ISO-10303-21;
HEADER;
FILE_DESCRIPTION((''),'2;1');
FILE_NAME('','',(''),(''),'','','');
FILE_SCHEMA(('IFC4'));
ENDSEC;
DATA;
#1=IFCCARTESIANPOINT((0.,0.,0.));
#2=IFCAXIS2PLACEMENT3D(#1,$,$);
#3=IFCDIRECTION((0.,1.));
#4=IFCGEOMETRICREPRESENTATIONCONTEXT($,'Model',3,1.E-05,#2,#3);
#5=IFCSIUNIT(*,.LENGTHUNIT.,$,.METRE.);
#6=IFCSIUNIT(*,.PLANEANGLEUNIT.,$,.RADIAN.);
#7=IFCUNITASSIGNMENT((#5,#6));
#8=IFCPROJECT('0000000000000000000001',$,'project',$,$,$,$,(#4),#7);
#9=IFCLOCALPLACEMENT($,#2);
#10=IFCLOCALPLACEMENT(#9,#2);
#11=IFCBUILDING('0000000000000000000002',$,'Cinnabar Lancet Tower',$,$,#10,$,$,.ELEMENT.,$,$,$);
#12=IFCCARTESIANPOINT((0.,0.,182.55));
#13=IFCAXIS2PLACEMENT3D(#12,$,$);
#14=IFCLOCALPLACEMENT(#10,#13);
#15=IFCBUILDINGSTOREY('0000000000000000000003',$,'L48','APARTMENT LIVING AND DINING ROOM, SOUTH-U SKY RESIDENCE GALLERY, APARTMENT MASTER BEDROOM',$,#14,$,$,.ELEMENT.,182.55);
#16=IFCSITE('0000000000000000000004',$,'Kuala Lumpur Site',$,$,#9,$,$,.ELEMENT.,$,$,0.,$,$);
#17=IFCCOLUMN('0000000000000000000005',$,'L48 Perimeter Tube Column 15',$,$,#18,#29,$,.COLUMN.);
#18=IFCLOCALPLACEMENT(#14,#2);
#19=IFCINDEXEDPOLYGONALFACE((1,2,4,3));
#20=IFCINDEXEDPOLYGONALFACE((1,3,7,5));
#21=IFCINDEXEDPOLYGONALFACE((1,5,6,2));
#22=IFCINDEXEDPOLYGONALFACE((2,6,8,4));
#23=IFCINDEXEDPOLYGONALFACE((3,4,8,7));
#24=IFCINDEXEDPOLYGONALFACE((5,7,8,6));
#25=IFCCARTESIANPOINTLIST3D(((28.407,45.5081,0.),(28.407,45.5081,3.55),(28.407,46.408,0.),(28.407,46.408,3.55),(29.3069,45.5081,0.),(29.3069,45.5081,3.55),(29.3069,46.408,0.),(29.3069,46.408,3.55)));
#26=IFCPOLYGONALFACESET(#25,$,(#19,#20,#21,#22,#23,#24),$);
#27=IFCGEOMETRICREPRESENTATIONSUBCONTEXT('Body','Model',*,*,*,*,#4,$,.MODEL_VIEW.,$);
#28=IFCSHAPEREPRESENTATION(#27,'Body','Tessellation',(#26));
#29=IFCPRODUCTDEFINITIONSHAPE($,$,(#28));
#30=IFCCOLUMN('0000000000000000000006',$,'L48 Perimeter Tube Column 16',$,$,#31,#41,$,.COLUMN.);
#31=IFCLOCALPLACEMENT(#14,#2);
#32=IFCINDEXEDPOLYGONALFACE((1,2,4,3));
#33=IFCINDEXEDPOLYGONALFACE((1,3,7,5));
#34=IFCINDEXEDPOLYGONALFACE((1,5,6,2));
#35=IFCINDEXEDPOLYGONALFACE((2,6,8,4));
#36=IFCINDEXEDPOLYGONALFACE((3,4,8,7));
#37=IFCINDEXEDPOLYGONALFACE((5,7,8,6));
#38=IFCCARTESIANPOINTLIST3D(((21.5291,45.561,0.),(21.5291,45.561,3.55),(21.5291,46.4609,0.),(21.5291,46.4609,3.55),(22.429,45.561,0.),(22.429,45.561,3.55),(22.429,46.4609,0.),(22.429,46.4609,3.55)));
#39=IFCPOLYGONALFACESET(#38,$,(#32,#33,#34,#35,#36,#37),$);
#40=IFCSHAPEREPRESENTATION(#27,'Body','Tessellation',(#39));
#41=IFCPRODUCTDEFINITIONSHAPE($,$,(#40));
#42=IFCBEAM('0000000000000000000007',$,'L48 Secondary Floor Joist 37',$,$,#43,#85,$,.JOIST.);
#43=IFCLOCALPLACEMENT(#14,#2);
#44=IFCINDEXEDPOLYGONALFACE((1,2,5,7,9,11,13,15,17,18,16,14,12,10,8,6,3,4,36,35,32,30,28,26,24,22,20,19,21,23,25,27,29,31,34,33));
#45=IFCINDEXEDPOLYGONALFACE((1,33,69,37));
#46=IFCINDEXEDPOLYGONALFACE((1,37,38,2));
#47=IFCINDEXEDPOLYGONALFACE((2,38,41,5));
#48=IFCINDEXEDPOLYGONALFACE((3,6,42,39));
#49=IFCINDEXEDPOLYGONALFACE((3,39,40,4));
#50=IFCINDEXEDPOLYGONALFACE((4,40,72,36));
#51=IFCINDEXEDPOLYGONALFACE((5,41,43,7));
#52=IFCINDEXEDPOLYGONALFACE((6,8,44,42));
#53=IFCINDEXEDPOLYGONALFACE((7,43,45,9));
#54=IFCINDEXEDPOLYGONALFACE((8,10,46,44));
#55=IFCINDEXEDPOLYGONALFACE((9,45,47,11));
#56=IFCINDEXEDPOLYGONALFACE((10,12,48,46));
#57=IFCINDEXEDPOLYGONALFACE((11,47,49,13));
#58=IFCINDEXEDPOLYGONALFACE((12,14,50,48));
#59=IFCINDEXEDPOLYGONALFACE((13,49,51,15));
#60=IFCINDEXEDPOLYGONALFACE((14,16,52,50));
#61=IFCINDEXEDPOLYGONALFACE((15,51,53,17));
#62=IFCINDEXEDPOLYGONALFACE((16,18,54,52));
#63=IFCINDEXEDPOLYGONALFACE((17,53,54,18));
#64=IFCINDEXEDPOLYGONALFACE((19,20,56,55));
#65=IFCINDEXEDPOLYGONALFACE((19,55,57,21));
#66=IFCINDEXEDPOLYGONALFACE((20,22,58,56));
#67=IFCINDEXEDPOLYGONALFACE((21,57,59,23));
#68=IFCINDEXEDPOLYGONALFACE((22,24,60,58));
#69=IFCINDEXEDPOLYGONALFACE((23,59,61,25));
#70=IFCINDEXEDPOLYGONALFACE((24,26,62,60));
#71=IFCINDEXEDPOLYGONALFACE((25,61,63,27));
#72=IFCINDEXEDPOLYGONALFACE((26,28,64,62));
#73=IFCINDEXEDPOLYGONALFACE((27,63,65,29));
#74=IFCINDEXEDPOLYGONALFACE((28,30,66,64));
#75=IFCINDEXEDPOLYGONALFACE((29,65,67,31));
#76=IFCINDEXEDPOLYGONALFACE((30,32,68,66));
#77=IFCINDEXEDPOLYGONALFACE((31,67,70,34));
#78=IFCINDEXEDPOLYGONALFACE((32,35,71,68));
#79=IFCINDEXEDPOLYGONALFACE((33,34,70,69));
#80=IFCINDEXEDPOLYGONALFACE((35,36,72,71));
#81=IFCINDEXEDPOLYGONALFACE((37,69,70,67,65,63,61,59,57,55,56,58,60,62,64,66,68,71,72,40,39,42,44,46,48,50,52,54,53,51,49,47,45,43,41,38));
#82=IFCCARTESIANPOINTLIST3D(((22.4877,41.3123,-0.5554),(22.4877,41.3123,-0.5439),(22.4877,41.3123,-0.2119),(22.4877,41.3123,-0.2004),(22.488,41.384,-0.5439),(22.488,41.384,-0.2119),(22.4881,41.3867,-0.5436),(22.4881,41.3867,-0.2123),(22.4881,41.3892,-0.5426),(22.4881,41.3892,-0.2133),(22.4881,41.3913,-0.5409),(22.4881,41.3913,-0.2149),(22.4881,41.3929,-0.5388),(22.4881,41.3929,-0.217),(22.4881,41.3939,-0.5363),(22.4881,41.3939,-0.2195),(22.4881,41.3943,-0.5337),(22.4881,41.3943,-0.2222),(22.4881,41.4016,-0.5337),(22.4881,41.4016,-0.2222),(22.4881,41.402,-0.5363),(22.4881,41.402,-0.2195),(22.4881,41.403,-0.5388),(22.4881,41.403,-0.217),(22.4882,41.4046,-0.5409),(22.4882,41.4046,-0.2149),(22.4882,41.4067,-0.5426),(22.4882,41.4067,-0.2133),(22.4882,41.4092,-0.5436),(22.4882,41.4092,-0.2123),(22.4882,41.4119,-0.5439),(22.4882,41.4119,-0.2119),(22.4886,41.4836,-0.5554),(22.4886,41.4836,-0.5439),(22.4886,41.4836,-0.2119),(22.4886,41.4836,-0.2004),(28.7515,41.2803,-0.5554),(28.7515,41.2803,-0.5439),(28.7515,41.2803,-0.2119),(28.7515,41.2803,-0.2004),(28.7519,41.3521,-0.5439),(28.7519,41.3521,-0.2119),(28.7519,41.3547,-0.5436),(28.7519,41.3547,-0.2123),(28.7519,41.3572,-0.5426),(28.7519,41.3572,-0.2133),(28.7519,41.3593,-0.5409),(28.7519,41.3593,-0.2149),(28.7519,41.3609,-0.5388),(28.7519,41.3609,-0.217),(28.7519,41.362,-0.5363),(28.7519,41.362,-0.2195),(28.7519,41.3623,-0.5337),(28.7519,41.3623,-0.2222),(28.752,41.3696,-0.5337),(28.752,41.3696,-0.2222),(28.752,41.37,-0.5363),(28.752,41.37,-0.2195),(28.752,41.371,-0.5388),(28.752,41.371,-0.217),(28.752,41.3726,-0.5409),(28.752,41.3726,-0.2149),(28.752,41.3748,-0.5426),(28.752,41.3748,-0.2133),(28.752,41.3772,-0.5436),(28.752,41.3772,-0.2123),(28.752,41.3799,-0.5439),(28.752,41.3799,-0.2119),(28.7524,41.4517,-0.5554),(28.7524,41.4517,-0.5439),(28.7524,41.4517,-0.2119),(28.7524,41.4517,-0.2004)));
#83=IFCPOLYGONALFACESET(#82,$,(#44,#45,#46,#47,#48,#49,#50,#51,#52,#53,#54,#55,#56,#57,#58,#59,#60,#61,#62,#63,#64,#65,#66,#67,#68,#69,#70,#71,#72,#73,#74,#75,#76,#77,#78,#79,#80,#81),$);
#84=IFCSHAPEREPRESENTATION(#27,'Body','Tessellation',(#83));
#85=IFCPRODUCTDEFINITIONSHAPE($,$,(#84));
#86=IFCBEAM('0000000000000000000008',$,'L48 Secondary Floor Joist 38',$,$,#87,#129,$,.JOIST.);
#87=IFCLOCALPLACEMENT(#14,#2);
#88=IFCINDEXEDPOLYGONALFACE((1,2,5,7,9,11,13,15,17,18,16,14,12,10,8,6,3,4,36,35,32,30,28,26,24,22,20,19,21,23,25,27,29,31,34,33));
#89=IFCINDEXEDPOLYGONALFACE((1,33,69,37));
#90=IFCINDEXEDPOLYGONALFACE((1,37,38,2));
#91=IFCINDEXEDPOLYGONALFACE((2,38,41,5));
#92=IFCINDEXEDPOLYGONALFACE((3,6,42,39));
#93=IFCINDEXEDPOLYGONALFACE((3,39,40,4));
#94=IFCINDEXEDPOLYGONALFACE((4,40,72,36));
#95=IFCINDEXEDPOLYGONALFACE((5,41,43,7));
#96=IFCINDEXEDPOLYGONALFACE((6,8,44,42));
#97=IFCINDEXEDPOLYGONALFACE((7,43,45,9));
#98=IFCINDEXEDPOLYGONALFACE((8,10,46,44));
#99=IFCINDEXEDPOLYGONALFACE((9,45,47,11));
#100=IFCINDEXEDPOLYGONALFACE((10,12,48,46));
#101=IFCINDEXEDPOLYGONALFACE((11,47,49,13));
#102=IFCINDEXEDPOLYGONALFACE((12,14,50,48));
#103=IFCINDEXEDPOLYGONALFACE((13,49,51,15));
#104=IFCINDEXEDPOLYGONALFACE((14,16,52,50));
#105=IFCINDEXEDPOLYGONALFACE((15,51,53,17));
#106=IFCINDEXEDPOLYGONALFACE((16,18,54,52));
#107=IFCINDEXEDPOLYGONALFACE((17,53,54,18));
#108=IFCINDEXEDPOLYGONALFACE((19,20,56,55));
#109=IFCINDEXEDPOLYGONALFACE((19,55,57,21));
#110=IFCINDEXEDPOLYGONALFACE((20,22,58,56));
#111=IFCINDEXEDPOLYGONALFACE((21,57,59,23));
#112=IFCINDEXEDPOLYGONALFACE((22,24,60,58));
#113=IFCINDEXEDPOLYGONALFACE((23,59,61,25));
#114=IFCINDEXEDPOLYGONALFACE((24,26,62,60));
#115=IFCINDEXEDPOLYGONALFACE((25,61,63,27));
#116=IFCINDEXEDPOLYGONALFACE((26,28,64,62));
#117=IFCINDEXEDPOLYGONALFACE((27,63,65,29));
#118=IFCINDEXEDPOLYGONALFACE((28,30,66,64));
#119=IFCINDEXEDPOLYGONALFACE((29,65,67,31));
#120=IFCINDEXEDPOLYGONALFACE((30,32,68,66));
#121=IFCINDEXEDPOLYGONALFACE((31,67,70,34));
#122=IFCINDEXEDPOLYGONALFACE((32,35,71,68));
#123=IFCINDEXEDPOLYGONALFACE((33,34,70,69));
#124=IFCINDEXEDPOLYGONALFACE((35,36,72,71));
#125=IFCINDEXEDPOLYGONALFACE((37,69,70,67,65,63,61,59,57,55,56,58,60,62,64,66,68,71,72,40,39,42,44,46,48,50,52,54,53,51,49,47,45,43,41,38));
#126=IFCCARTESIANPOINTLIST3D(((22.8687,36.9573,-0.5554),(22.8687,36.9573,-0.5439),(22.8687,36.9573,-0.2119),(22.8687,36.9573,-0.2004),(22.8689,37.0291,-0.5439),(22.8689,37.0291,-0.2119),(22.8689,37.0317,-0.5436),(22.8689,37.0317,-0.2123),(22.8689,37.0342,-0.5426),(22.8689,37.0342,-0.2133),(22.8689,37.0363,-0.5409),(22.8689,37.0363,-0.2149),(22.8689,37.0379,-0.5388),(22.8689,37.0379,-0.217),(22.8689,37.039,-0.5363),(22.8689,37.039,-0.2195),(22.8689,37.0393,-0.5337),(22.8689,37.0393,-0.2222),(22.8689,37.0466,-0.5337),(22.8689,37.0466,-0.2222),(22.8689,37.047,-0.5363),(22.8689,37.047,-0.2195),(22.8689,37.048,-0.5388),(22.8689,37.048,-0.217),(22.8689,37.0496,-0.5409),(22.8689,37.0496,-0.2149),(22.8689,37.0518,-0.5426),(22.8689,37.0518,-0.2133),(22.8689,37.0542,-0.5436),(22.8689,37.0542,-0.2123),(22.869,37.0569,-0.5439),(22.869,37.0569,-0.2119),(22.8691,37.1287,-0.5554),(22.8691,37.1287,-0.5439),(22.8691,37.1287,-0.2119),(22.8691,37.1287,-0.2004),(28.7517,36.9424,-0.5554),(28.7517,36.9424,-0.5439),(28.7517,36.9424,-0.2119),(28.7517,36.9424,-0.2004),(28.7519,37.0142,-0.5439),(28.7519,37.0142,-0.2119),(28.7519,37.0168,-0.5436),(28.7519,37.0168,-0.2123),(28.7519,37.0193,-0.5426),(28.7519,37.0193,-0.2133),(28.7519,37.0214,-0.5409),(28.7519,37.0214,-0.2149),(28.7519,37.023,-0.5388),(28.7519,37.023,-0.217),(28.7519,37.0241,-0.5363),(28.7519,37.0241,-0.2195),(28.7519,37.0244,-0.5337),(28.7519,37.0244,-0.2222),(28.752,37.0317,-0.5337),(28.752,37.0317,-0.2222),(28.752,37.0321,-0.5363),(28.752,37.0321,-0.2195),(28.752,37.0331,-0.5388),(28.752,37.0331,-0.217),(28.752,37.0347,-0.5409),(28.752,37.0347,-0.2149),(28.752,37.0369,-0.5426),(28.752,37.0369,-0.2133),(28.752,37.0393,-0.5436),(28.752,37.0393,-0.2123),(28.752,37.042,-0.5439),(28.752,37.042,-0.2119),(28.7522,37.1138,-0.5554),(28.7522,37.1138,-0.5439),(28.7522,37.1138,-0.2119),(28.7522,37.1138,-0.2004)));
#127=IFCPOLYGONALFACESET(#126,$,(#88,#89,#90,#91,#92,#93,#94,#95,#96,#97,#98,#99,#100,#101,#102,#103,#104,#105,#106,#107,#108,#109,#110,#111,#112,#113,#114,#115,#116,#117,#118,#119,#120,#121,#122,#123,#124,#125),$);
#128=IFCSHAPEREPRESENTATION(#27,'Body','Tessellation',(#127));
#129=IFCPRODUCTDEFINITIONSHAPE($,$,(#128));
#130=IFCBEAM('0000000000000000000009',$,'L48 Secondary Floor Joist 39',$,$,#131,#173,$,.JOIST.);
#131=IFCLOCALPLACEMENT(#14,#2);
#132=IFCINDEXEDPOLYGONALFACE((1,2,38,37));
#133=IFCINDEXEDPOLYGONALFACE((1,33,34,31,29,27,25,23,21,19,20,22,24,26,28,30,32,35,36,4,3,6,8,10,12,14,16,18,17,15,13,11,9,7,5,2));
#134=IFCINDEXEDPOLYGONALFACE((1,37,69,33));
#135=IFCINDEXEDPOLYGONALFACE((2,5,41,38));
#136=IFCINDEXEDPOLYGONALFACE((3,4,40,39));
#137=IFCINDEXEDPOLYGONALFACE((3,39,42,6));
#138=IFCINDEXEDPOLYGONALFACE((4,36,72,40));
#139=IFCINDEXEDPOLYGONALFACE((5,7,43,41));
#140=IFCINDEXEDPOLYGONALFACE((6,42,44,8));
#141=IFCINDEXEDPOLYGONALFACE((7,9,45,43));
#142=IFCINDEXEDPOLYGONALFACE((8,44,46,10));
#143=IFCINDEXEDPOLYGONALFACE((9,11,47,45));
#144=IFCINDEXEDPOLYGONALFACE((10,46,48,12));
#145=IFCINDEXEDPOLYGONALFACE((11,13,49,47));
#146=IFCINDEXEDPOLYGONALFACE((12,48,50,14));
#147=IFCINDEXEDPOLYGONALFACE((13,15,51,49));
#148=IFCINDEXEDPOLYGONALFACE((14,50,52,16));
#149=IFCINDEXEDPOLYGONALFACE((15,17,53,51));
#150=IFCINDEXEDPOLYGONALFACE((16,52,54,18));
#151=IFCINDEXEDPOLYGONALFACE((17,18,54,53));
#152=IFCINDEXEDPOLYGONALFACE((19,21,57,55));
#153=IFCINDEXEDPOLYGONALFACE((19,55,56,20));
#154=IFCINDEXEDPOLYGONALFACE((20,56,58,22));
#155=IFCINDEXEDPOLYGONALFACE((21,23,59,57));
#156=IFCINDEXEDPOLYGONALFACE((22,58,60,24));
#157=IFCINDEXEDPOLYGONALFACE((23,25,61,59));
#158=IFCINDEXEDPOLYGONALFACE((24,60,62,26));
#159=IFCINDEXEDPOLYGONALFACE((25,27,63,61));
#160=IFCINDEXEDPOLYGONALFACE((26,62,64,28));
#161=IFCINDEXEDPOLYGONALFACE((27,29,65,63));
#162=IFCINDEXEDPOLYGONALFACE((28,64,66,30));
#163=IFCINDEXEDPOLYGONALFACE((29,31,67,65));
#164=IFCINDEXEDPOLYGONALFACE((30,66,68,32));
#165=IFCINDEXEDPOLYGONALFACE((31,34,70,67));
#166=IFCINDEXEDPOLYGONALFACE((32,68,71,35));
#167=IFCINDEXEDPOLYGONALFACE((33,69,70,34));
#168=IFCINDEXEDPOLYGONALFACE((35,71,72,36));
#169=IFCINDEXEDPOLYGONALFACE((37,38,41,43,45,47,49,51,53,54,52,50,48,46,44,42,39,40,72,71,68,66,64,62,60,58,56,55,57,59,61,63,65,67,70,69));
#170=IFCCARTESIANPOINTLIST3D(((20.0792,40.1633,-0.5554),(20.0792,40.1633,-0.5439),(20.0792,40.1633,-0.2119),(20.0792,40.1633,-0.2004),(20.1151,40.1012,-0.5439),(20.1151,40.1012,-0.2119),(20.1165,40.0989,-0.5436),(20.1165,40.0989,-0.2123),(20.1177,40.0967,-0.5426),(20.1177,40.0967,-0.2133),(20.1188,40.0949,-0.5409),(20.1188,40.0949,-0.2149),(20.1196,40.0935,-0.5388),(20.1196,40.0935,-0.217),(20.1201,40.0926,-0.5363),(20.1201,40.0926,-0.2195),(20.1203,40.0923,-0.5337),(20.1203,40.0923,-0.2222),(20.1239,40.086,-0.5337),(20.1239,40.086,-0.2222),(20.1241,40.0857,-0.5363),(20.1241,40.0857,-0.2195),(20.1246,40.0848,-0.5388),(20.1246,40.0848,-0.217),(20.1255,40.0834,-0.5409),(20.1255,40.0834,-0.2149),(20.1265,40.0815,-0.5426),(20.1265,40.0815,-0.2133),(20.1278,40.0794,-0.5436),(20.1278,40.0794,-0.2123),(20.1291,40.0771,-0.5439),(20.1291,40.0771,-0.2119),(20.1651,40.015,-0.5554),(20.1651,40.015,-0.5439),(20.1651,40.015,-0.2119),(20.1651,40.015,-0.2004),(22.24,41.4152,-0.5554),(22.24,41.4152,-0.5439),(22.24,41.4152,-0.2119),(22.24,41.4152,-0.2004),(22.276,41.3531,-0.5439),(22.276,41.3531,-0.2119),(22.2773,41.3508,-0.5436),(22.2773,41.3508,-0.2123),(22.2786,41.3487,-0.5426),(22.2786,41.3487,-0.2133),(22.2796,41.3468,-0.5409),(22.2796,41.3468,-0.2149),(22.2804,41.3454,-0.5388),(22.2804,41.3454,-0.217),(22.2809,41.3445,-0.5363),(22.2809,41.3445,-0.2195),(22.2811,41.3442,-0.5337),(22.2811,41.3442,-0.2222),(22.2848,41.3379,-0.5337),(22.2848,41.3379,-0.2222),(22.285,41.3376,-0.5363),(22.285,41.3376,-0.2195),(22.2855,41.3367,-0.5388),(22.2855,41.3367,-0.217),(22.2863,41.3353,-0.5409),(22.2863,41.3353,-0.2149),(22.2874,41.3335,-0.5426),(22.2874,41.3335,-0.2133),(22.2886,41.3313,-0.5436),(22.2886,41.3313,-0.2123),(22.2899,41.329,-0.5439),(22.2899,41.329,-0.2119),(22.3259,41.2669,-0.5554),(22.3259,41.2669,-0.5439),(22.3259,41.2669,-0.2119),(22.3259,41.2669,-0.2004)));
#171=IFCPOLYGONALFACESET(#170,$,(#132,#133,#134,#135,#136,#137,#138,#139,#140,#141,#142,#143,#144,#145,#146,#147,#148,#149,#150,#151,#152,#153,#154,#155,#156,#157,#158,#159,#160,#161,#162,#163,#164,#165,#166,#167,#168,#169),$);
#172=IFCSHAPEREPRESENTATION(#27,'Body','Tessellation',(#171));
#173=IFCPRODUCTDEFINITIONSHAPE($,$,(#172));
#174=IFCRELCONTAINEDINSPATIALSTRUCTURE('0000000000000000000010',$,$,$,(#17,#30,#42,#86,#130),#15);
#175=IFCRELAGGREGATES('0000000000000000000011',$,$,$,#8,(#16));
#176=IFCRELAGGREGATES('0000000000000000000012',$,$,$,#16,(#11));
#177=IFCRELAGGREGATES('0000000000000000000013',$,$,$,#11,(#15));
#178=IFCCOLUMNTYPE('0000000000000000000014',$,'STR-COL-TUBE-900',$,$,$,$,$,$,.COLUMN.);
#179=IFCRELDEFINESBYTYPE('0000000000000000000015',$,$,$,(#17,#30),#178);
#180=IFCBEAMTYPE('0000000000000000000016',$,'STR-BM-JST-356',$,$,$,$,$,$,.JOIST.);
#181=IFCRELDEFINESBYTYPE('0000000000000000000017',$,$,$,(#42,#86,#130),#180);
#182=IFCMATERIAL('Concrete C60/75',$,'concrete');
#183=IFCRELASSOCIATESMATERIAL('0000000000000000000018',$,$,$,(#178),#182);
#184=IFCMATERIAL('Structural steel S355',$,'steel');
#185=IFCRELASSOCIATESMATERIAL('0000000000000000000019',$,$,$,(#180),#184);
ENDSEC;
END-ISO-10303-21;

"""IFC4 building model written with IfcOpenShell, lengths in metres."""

from ifc_helpers import new_model, si_unit, direction, frame, origin, origin_2d, place, context, subcontext, project, spatial, rectangle, i_section, extrude, material, material_profile, profile_set, type_object, element, save


model = new_model("IFC4")

# Units and contexts
model_context = context("Model", 3, precision=1e-05, world=origin(), true_north=direction((0.0, 1.0)))
body_context = subcontext(model_context, "Body", "Model", "MODEL_VIEW")
ifc_project = project(units=[si_unit("LENGTHUNIT", "METRE"), si_unit("PLANEANGLEUNIT", "RADIAN")], contexts=[model_context])

# Site, building, storey
site_placement = place(None, origin())
site = spatial("IfcSite", under=ifc_project, at=site_placement, Name="Kuala Lumpur Site", CompositionType="ELEMENT", RefElevation=0.0)
building_placement = place(site_placement, origin())
building = spatial("IfcBuilding", under=site, at=building_placement, Name="Cinnabar Lancet Tower", CompositionType="ELEMENT")
storey_placement = place(building_placement, frame((0.0, 0.0, 182.55)))
storey = spatial("IfcBuildingStorey", under=building, at=storey_placement, Name="L48", Description="APARTMENT LIVING AND DINING ROOM, SOUTH-U SKY RESIDENCE GALLERY, APARTMENT MASTER BEDROOM", CompositionType="ELEMENT", Elevation=182.55)

# Columns
ifc_material_1 = material(Name="Concrete C60/75", Category="concrete")
ifc_material_profile_1 = material_profile(ifc_material_1, rectangle(XDim=0.8999, YDim=0.8999, at=origin_2d()), Name="RC-COL 900x900")
ifc_profile_set_1 = profile_set([ifc_material_profile_1], Name="Concrete C60/75")
column_type = type_object("IfcColumnType", Name="STR-COL-TUBE-900", PredefinedType="COLUMN", material=ifc_profile_set_1)
for number, where, z_axis, x_axis, name in (
    (1, (28.8569, 45.958, 0.0), (0.0, 0.0, 1.0), (1.0, 0.0, 0.0), "L48 Perimeter Tube Column 15"),
    (2, (21.979, 46.011, 0.0), (0.0, 0.0, 1.0), (1.0, 0.0, 0.0), "L48 Perimeter Tube Column 16"),
):
    element("IfcColumn", number, at=place(storey_placement, frame(where, z_axis=z_axis, x_axis=x_axis)), inside=storey, type_object=column_type, Name=name, PredefinedType="COLUMN", context=body_context, shape_type="SweptSolid", body=[
        extrude(rectangle(XDim=0.8999, YDim=0.8999, at=origin_2d()), origin(), (0.0, 0.0, 1.0), 3.55),
    ])

# Beams
ifc_material_2 = material(Name="Structural steel S355", Category="steel")
ifc_material_profile_2 = material_profile(ifc_material_2, i_section(OverallWidth=0.1714, OverallDepth=0.355, WebThickness=0.0073, FlangeThickness=0.0115, FilletRadius=0.0103, at=origin_2d()), Name="UKB 356x171x51")
ifc_profile_set_2 = profile_set([ifc_material_profile_2], Name="Structural steel S355")
beam_type_1 = type_object("IfcBeamType", Name="STR-BM-JST-356", PredefinedType="JOIST", material=ifc_profile_set_2)
beam_1_placement = place(storey_placement, frame((28.752, 41.366, -0.3779), z_axis=(-0.999987, 0.005106, 0.0), x_axis=(-0.005106, -0.999987, 0.0)))
element("IfcBeam", 3, at=beam_1_placement, inside=storey, type_object=beam_type_1, Name="L48 Secondary Floor Joist 37", PredefinedType="JOIST", context=body_context, shape_type="SweptSolid", body=[
    extrude(i_section(OverallWidth=0.1714, OverallDepth=0.355, WebThickness=0.0073, FlangeThickness=0.0115, FilletRadius=0.0103, at=origin_2d()), origin(), (0.0, 0.0, 1.0), 6.2639),
])
beam_2_placement = place(storey_placement, frame((28.752, 37.0281, -0.3779), z_axis=(-0.999997, 0.002531, 0.0), x_axis=(-0.002531, -0.999997, 0.0)))
element("IfcBeam", 4, at=beam_2_placement, inside=storey, type_object=beam_type_1, Name="L48 Secondary Floor Joist 38", PredefinedType="JOIST", context=body_context, shape_type="SweptSolid", body=[
    extrude(i_section(OverallWidth=0.1714, OverallDepth=0.355, WebThickness=0.0073, FlangeThickness=0.0115, FilletRadius=0.0103, at=origin_2d()), origin(), (0.0, 0.0, 1.0), 5.8831),
])
beam_3_placement = place(storey_placement, frame((22.283, 41.3411, -0.3779), z_axis=(-0.865268, -0.50131, 0.0), x_axis=(0.50131, -0.865268, 0.0)))
element("IfcBeam", 5, at=beam_3_placement, inside=storey, type_object=beam_type_1, Name="L48 Secondary Floor Joist 39", PredefinedType="JOIST", context=body_context, shape_type="SweptSolid", body=[
    extrude(i_section(OverallWidth=0.1714, OverallDepth=0.355, WebThickness=0.0073, FlangeThickness=0.0115, FilletRadius=0.0103, at=origin_2d()), origin(), (0.0, 0.0, 1.0), 2.4973),
])

save(model, "model.ifc")
